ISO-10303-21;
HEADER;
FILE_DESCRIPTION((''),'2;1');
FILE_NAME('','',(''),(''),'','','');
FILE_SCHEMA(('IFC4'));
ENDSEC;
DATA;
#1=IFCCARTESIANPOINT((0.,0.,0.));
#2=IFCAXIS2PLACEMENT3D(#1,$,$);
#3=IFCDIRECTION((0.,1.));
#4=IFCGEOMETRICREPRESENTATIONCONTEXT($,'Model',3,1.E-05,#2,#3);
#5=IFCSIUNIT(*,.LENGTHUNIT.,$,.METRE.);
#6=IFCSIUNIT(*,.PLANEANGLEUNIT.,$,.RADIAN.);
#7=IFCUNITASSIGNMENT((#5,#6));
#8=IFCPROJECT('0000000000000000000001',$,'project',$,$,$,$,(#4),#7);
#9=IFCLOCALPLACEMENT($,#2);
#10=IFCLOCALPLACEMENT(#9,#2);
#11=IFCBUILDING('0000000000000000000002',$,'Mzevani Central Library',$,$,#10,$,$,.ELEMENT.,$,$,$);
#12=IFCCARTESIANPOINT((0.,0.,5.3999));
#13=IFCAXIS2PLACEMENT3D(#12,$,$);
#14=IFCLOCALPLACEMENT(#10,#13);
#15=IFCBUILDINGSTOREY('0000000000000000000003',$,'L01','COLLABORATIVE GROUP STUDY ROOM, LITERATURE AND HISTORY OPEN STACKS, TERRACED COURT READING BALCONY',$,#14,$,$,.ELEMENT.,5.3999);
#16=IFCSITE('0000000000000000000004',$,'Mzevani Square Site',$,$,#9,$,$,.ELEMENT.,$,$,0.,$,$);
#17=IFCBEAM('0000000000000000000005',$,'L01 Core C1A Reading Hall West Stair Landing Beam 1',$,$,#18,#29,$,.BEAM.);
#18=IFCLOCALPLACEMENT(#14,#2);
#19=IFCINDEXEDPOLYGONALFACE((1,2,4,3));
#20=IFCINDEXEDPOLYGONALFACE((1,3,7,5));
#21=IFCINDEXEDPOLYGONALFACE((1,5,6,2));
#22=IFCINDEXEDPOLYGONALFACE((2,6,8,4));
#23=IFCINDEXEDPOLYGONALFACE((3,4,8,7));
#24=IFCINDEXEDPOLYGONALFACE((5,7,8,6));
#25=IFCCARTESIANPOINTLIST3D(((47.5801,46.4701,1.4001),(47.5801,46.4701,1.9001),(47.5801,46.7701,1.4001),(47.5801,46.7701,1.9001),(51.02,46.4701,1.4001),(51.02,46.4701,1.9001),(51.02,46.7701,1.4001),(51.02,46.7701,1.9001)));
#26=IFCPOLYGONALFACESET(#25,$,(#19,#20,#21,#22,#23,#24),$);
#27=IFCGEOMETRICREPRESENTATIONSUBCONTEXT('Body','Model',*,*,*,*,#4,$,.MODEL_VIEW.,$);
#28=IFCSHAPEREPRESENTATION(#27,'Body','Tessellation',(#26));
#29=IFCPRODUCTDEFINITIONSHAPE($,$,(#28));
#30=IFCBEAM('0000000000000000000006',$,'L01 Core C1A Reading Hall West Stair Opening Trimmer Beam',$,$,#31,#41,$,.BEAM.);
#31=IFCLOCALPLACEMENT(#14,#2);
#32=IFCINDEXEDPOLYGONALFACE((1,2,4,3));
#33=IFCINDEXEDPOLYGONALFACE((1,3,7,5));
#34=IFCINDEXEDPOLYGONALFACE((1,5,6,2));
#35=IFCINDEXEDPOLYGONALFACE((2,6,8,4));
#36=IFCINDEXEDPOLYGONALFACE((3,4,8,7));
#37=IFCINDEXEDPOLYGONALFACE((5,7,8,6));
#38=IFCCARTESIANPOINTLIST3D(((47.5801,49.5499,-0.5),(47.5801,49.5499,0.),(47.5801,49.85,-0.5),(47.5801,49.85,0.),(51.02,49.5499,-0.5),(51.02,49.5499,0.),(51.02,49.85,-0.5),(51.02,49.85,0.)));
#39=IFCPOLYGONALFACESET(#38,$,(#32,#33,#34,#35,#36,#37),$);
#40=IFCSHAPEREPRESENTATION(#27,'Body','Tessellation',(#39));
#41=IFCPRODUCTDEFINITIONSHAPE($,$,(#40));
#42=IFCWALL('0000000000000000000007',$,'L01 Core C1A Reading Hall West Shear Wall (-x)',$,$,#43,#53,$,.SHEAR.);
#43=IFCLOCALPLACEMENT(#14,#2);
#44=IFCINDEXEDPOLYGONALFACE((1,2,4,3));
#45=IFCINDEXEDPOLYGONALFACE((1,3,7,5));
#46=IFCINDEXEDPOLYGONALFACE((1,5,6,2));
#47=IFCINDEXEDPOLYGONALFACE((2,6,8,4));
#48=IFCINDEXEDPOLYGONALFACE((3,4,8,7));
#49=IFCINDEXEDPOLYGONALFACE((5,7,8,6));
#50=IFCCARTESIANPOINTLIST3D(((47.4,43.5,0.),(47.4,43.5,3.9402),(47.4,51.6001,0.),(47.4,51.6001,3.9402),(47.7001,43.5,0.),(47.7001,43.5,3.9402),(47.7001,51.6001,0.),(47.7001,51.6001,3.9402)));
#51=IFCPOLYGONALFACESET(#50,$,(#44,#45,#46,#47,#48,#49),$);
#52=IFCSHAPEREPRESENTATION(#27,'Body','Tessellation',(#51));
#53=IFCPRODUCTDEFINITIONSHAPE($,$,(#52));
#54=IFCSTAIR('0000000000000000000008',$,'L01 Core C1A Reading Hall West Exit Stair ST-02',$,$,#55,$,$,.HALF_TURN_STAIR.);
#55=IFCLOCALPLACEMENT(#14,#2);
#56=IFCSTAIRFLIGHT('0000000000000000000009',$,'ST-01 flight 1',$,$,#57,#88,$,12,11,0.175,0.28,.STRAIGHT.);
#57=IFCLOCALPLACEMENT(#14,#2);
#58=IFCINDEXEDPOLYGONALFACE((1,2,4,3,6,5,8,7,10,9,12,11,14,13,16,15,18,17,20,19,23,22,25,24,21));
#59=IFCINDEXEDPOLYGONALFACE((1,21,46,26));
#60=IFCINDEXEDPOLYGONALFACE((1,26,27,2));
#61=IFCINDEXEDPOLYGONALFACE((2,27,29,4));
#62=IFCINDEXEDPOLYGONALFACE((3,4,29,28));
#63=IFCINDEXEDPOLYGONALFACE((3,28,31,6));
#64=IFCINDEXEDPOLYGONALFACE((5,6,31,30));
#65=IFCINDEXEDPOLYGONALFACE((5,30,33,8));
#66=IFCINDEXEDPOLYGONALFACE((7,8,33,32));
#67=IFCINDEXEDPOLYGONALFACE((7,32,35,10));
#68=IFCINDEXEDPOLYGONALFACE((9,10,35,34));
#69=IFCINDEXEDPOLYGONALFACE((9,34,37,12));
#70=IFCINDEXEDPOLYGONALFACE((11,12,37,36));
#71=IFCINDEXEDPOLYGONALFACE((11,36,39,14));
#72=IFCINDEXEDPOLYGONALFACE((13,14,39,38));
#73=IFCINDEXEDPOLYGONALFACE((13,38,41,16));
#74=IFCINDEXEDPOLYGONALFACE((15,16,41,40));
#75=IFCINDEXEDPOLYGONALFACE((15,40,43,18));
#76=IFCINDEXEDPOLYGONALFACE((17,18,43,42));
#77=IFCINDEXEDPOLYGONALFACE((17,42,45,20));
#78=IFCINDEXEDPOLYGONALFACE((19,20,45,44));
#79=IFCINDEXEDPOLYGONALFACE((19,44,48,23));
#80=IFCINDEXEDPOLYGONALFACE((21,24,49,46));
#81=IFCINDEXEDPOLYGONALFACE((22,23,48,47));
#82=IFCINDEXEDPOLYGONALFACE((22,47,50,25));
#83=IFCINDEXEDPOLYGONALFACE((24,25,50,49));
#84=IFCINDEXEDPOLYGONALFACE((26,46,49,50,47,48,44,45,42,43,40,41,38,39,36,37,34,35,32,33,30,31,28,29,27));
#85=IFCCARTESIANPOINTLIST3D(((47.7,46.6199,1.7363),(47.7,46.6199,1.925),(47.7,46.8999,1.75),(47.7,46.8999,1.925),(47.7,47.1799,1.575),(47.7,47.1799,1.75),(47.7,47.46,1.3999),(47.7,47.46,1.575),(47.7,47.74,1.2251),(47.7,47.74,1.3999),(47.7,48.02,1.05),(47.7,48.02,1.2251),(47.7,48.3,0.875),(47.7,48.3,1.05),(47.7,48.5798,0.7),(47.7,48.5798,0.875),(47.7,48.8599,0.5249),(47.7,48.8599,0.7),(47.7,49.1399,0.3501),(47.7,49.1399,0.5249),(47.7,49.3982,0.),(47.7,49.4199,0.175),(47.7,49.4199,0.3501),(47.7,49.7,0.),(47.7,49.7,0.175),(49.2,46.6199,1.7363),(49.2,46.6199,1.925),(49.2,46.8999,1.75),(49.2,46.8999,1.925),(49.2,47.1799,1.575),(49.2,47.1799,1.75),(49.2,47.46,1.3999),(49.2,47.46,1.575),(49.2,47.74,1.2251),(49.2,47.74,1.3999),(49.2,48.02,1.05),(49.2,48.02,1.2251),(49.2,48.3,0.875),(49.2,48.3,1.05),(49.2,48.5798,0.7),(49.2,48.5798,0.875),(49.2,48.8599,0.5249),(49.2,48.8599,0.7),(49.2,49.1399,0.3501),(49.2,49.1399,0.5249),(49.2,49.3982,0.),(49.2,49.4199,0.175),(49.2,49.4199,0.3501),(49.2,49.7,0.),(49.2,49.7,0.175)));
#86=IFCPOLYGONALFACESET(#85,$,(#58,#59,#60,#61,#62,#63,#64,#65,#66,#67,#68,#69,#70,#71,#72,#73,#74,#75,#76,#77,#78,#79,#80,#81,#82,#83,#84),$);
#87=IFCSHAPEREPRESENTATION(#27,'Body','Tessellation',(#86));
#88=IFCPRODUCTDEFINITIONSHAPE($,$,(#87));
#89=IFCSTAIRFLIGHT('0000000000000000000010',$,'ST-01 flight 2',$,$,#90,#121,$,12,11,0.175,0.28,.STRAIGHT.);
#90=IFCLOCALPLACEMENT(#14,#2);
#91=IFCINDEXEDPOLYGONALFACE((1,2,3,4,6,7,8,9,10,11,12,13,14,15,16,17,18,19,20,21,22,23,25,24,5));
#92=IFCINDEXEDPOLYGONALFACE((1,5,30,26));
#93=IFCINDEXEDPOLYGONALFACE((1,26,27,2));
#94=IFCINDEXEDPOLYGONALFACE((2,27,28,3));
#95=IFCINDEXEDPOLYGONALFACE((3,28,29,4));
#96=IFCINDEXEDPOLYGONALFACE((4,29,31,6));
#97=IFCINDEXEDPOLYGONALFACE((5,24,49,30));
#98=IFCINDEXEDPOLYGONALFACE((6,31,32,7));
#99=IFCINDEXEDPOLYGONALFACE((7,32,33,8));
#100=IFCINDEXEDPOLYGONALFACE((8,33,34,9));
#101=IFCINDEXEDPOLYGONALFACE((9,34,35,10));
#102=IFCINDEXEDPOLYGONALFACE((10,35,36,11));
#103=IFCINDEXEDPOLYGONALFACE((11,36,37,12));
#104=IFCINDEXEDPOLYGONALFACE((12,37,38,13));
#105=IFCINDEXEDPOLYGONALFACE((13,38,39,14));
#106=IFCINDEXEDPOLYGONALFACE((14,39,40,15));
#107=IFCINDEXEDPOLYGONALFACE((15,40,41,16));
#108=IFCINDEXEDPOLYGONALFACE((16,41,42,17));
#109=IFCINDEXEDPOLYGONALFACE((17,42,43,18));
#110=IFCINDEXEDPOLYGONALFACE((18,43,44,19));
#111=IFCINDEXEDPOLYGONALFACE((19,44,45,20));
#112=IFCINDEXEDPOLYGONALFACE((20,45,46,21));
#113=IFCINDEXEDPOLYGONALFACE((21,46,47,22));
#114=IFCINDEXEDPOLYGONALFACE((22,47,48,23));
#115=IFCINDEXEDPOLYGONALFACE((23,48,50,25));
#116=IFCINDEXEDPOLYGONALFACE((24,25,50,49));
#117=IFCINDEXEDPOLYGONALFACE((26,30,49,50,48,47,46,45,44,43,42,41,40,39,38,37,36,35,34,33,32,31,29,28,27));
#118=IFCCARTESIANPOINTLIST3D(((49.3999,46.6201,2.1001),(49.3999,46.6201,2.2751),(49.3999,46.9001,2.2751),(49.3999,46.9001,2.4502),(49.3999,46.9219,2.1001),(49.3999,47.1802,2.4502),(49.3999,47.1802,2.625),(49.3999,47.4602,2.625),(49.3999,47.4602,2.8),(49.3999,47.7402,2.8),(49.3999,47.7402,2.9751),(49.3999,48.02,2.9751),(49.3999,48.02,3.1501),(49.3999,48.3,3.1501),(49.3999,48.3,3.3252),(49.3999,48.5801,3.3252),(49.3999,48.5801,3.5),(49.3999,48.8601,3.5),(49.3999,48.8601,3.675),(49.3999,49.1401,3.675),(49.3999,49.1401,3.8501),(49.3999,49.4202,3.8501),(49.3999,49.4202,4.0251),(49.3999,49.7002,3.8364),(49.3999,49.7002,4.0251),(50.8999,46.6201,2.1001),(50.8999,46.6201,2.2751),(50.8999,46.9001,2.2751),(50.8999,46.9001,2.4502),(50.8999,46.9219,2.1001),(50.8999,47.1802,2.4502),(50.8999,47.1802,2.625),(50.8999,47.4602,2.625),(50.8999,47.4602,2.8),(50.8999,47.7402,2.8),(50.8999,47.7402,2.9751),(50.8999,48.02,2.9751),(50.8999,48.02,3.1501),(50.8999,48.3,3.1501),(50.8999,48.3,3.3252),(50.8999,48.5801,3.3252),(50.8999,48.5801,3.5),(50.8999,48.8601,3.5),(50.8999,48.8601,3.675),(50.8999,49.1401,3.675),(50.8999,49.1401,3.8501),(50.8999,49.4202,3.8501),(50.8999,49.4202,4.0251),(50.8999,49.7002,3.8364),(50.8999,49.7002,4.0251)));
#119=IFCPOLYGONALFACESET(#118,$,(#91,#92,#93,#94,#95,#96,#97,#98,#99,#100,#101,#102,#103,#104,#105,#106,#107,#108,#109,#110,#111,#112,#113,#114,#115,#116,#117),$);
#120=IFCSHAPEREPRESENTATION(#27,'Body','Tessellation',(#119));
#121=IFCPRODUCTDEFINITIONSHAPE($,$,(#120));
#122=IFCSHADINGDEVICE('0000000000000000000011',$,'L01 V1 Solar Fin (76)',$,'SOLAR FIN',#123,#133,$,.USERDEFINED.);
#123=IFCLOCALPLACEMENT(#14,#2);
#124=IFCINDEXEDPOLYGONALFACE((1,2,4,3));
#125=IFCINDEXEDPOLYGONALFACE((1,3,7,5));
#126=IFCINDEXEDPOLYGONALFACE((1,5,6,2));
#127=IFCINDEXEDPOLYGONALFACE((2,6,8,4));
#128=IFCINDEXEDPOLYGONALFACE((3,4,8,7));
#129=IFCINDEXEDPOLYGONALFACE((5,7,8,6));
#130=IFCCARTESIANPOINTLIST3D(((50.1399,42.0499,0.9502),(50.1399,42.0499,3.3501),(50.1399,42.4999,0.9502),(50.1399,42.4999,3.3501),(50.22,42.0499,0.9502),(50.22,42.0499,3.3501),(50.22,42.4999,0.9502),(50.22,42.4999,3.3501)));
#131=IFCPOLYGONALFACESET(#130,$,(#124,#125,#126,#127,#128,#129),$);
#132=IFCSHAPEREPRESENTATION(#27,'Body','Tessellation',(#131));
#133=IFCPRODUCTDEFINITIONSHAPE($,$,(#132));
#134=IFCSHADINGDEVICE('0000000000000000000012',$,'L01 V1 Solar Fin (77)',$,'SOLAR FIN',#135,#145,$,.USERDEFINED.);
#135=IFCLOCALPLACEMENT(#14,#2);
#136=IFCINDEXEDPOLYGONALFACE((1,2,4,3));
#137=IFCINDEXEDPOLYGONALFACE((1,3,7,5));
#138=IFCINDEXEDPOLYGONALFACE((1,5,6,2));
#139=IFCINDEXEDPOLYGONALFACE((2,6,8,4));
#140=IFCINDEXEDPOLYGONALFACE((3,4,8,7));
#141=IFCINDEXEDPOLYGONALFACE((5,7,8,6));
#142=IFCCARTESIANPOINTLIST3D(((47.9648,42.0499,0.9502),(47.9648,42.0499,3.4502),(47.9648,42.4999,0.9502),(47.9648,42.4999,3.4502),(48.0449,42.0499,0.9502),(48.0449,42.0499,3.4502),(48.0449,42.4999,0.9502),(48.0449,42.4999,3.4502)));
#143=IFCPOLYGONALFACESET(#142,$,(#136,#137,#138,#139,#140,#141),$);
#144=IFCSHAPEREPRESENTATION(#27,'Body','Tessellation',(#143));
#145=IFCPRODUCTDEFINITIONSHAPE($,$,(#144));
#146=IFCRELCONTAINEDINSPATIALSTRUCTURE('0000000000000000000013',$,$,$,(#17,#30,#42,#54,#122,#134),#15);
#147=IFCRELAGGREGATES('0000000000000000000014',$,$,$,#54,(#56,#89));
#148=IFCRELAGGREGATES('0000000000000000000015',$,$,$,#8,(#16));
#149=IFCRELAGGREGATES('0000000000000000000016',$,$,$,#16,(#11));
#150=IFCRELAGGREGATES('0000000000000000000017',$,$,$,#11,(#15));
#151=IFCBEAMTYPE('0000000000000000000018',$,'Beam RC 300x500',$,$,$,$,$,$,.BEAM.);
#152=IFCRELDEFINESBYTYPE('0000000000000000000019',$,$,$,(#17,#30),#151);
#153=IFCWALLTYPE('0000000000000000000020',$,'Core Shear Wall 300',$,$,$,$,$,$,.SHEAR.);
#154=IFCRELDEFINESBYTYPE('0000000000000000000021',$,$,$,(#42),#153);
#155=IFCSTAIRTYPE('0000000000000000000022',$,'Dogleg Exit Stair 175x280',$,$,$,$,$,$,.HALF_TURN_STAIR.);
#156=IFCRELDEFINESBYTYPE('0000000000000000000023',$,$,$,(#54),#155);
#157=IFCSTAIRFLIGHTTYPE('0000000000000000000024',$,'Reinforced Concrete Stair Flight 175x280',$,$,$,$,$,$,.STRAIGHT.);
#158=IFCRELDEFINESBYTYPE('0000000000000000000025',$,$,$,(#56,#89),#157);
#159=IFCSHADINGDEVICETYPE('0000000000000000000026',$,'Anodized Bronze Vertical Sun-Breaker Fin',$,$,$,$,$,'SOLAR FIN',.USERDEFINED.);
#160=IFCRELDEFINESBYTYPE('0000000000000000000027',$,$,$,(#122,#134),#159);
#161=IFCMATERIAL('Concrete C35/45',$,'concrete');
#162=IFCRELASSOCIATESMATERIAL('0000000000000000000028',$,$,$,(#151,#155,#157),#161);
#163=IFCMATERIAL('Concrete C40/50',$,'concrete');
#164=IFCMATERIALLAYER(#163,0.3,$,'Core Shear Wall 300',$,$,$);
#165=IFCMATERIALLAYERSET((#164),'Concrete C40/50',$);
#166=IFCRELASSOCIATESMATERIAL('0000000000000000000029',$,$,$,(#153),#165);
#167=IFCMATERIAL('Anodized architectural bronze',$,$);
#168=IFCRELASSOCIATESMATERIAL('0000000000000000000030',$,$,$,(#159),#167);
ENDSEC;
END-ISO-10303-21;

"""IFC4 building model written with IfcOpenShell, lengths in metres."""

from ifc_helpers import new_model, si_unit, direction, frame, frame_2d, origin, origin_2d, place, context, subcontext, project, spatial, polyline, rectangle, outline, extrude, material, layer, layer_set, material_profile, profile_set, type_object, element, aggregate, save


model = new_model("IFC4")

# Units and contexts
model_context = context("Model", 3, precision=1e-05, world=origin(), true_north=direction((0.0, 1.0)))
body_context = subcontext(model_context, "Body", "Model", "MODEL_VIEW")
ifc_project = project(units=[si_unit("LENGTHUNIT", "METRE"), si_unit("PLANEANGLEUNIT", "RADIAN")], contexts=[model_context])

# Site, building, storey
site_placement = place(None, origin())
site = spatial("IfcSite", under=ifc_project, at=site_placement, Name="Mzevani Square Site", CompositionType="ELEMENT", RefElevation=0.0)
building_placement = place(site_placement, origin())
building = spatial("IfcBuilding", under=site, at=building_placement, Name="Mzevani Central Library", CompositionType="ELEMENT")
storey_placement = place(building_placement, frame((0.0, 0.0, 5.3999)))
storey = spatial("IfcBuildingStorey", under=building, at=storey_placement, Name="L01", Description="COLLABORATIVE GROUP STUDY ROOM, LITERATURE AND HISTORY OPEN STACKS, TERRACED COURT READING BALCONY", CompositionType="ELEMENT", Elevation=5.3999)

# Beams
ifc_material_1 = material(Name="Concrete C35/45", Category="concrete")
ifc_material_profile = material_profile(ifc_material_1, rectangle(XDim=0.3, YDim=0.5, at=origin_2d()), Name="RC B300x500")
ifc_profile_set = profile_set([ifc_material_profile], Name="Concrete C35/45")
beam_type = type_object("IfcBeamType", Name="Beam RC 300x500", PredefinedType="BEAM", material=ifc_profile_set)
for number, where, z_axis, x_axis, name in (
    (1, (47.5801, 46.6201, 1.6501), (1.0, 0.0, 0.0), (0.0, 1.0, 0.0), "L01 Core C1A Reading Hall West Stair Landing Beam 1"),
    (2, (47.5801, 49.7, -0.25), (1.0, 0.0, 0.0), (0.0, 1.0, 0.0), "L01 Core C1A Reading Hall West Stair Opening Trimmer Beam"),
):
    element("IfcBeam", number, at=place(storey_placement, frame(where, z_axis=z_axis, x_axis=x_axis)), inside=storey, type_object=beam_type, Name=name, PredefinedType="BEAM", context=body_context, shape_type="SweptSolid", body=[
        extrude(rectangle(XDim=0.3, YDim=0.5, at=origin_2d()), origin(), (0.0, 0.0, 1.0), 3.4399),
    ])

# Wall
ifc_material_2 = material(Name="Concrete C40/50", Category="concrete")
ifc_layer_1 = layer(ifc_material_2, 0.3, Name="Core Shear Wall 300")
ifc_layer_set_1 = layer_set([ifc_layer_1], Name="Concrete C40/50")
wall_type = type_object("IfcWallType", Name="Core Shear Wall 300", PredefinedType="SHEAR", material=ifc_layer_set_1)
wall_placement = place(storey_placement, frame((47.55, 43.5, 0.0), z_axis=(0.0, 0.0, 1.0), x_axis=(0.0, 1.0, 0.0)))
element("IfcWall", 3, at=wall_placement, inside=storey, type_object=wall_type, Name="L01 Core C1A Reading Hall West Shear Wall (-x)", PredefinedType="SHEAR", context=body_context, shape_type="SweptSolid", body=[
    extrude(rectangle(XDim=8.1001, YDim=0.3, at=frame_2d((4.05, 0.0))), origin(), (0.0, 0.0, 1.0), 3.9402),
])

# Stair, stair flights
stair_type = type_object("IfcStairType", Name="Dogleg Exit Stair 175x280", PredefinedType="HALF_TURN_STAIR", material=ifc_material_1)
stair_placement = place(storey_placement, origin())
stair = element("IfcStair", 4, at=stair_placement, inside=storey, type_object=stair_type, Name="L01 Core C1A Reading Hall West Exit Stair ST-02", PredefinedType="HALF_TURN_STAIR")
stair_flight_type = type_object("IfcStairFlightType", Name="Reinforced Concrete Stair Flight 175x280", PredefinedType="STRAIGHT", material=ifc_material_1)
stair_flight_1_placement = place(storey_placement, frame((48.45, 49.7, 0.0), z_axis=(0.0, 0.0, 1.0), x_axis=(0.0, -1.0, 0.0)))
stair_flight_1 = element("IfcStairFlight", 5, at=stair_flight_1_placement, type_object=stair_flight_type, Name="ST-01 flight 1", NumberOfRisers=12, NumberOfTreads=11, PredefinedType="STRAIGHT", RiserHeight=0.175, TreadLength=0.28, context=body_context, shape_type="SweptSolid", body=[
    extrude(outline(polyline([(0.0, 0.0), (0.0, 0.175), (0.28, 0.175), (0.28, 0.3501), (0.5601, 0.3501), (0.5601, 0.5249), (0.8401, 0.5249), (0.8401, 0.7), (1.1201, 0.7), (1.1201, 0.875), (1.3999, 0.875), (1.3999, 1.05), (1.6799, 1.05), (1.6799, 1.2251), (1.96, 1.2251), (1.96, 1.3999), (2.24, 1.3999), (2.24, 1.575), (2.52, 1.575), (2.52, 1.75), (2.8, 1.75), (2.8, 1.925), (3.0801, 1.925), (3.0801, 2.1001), (3.0801, 1.7363), (0.3018, 0.0), (0.0, 0.0)])), frame((0.0, 0.75, 0.0), z_axis=(0.0, -1.0, 0.0), x_axis=(1.0, 0.0, 0.0)), (0.0, 0.0, 1.0), 1.5),
])
stair_flight_2_placement = place(storey_placement, frame((50.1499, 46.6201, 2.1001), z_axis=(0.0, 0.0, 1.0), x_axis=(0.0, 1.0, 0.0)))
stair_flight_2 = element("IfcStairFlight", 6, at=stair_flight_2_placement, type_object=stair_flight_type, Name="ST-01 flight 2", NumberOfRisers=12, NumberOfTreads=11, PredefinedType="STRAIGHT", RiserHeight=0.175, TreadLength=0.28, context=body_context, shape_type="SweptSolid", body=[
    extrude(outline(polyline([(0.0, 0.0), (0.0, 0.175), (0.28, 0.175), (0.28, 0.3501), (0.5601, 0.3501), (0.5601, 0.5249), (0.8401, 0.5249), (0.8401, 0.7), (1.1201, 0.7), (1.1201, 0.875), (1.3999, 0.875), (1.3999, 1.05), (1.6799, 1.05), (1.6799, 1.2251), (1.96, 1.2251), (1.96, 1.3999), (2.24, 1.3999), (2.24, 1.575), (2.52, 1.575), (2.52, 1.75), (2.8, 1.75), (2.8, 1.925), (3.0801, 1.925), (3.0801, 2.1001), (3.0801, 1.7363), (0.3018, 0.0), (0.0, 0.0)])), frame((0.0, 0.75, 0.0), z_axis=(0.0, -1.0, 0.0), x_axis=(1.0, 0.0, 0.0)), (0.0, 0.0, 1.0), 1.5),
])
aggregate(stair, [stair_flight_1, stair_flight_2])

# Shading devices
ifc_material_3 = material(Name="Anodized architectural bronze")
shading_device_type = type_object("IfcShadingDeviceType", Name="Anodized Bronze Vertical Sun-Breaker Fin", ElementType="SOLAR FIN", PredefinedType="USERDEFINED", material=ifc_material_3)
shading_device_1_placement = place(storey_placement, frame((50.1799, 42.2749, 0.9502), z_axis=(0.0, 0.0, 1.0), x_axis=(-1.0, 0.0, 0.0)))
element("IfcShadingDevice", 7, at=shading_device_1_placement, inside=storey, type_object=shading_device_type, Name="L01 V1 Solar Fin (76)", ObjectType="SOLAR FIN", PredefinedType="USERDEFINED", context=body_context, shape_type="SweptSolid", body=[
    extrude(rectangle(XDim=0.0801, YDim=0.45, at=origin_2d()), origin(), (0.0, 0.0, 1.0), 2.3999),
])
shading_device_2_placement = place(storey_placement, frame((48.0049, 42.2749, 0.9502), z_axis=(0.0, 0.0, 1.0), x_axis=(-1.0, 0.0, 0.0)))
element("IfcShadingDevice", 8, at=shading_device_2_placement, inside=storey, type_object=shading_device_type, Name="L01 V1 Solar Fin (77)", ObjectType="SOLAR FIN", PredefinedType="USERDEFINED", context=body_context, shape_type="SweptSolid", body=[
    extrude(rectangle(XDim=0.0801, YDim=0.45, at=origin_2d()), origin(), (0.0, 0.0, 1.0), 2.5),
])

save(model, "model.ifc")
